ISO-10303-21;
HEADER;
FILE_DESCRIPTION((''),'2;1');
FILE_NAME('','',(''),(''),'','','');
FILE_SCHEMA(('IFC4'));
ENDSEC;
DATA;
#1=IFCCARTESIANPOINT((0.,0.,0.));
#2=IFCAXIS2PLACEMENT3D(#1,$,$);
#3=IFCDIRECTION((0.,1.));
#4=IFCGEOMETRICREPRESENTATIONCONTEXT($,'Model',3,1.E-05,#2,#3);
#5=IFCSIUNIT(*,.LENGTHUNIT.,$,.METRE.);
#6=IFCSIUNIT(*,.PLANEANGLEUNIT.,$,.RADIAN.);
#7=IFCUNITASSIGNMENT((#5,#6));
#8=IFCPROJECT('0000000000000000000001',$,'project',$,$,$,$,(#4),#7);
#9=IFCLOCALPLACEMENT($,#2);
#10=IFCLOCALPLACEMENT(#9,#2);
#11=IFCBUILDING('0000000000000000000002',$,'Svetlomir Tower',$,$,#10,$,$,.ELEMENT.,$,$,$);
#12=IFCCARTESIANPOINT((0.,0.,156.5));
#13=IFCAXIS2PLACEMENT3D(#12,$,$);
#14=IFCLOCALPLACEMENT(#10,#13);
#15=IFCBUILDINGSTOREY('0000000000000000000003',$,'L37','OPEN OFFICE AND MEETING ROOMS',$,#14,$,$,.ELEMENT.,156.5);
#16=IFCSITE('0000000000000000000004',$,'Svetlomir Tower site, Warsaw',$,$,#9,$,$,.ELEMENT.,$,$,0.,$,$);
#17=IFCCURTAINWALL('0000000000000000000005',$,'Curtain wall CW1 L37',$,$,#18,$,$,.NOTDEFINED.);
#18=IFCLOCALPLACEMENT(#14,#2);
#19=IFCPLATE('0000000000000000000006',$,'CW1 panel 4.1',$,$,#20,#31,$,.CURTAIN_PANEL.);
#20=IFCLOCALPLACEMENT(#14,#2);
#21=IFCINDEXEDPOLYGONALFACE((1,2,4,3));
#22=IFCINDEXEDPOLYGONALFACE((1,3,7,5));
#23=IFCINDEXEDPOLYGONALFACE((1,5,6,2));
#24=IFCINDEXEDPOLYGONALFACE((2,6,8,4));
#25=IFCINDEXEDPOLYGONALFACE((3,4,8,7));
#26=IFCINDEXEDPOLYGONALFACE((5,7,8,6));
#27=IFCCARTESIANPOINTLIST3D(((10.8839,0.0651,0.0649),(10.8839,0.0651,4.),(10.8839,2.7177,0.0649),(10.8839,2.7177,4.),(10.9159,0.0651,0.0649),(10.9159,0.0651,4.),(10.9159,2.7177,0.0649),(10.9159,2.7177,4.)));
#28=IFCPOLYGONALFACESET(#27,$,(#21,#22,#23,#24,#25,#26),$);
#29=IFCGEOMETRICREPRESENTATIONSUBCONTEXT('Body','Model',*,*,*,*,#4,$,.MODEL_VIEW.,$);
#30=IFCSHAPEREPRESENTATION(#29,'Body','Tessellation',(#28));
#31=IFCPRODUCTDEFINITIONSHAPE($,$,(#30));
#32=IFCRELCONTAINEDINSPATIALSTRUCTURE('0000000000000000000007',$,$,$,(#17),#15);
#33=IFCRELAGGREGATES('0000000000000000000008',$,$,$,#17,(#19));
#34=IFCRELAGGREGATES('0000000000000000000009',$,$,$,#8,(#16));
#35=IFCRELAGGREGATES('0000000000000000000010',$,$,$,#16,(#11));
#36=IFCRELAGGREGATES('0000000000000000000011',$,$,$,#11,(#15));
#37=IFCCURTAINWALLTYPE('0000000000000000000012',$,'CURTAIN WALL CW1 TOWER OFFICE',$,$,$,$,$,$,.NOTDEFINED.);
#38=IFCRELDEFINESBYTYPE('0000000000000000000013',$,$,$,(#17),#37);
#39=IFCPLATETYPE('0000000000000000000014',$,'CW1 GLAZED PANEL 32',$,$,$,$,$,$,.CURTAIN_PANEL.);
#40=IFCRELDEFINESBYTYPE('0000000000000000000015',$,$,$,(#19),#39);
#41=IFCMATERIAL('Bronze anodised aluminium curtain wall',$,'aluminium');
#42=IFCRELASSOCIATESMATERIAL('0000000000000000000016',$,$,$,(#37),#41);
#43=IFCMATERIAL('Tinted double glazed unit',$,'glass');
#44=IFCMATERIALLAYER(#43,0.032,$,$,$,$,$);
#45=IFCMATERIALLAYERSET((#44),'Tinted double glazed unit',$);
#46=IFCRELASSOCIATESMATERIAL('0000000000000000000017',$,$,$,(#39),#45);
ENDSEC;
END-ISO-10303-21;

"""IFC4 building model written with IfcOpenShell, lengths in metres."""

from ifc_helpers import new_model, si_unit, direction, frame, origin, origin_2d, place, context, subcontext, project, spatial, rectangle, extrude, material, layer, layer_set, type_object, element, aggregate, save


model = new_model("IFC4")

# Units and contexts
model_context = context("Model", 3, precision=1e-05, world=origin(), true_north=direction((0.0, 1.0)))
body_context = subcontext(model_context, "Body", "Model", "MODEL_VIEW")
ifc_project = project(units=[si_unit("LENGTHUNIT", "METRE"), si_unit("PLANEANGLEUNIT", "RADIAN")], contexts=[model_context])

# Site, building, storey
site_placement = place(None, origin())
site = spatial("IfcSite", under=ifc_project, at=site_placement, Name="Svetlomir Tower site, Warsaw", CompositionType="ELEMENT", RefElevation=0.0)
building_placement = place(site_placement, origin())
building = spatial("IfcBuilding", under=site, at=building_placement, Name="Svetlomir Tower", CompositionType="ELEMENT")
storey_placement = place(building_placement, frame((0.0, 0.0, 156.5)))
storey = spatial("IfcBuildingStorey", under=building, at=storey_placement, Name="L37", Description="OPEN OFFICE AND MEETING ROOMS", CompositionType="ELEMENT", Elevation=156.5)

# Shared definitions
ifc_material_1 = material(Name="Bronze anodised aluminium curtain wall", Category="aluminium")
curtain_wall_type = type_object("IfcCurtainWallType", Name="CURTAIN WALL CW1 TOWER OFFICE", PredefinedType="NOTDEFINED", material=ifc_material_1)

# Curtain wall
curtain_wall_1_placement = place(storey_placement, origin())
curtain_wall_1 = element("IfcCurtainWall", 1, at=curtain_wall_1_placement, inside=storey, type_object=curtain_wall_type, Name="Curtain wall CW1 L37", PredefinedType="NOTDEFINED")

# Plate
ifc_material_2 = material(Name="Tinted double glazed unit", Category="glass")
ifc_layer = layer(ifc_material_2, 0.032)
ifc_layer_set = layer_set([ifc_layer], Name="Tinted double glazed unit")
plate_type = type_object("IfcPlateType", Name="CW1 GLAZED PANEL 32", PredefinedType="CURTAIN_PANEL", material=ifc_layer_set)
plate_1_placement = place(storey_placement, frame((10.8999, 1.3914, 0.0649), z_axis=(0.0, 0.0, 1.0), x_axis=(0.0, -1.0, 0.0)))
plate_1 = element("IfcPlate", 2, at=plate_1_placement, type_object=plate_type, Name="CW1 panel 4.1", PredefinedType="CURTAIN_PANEL", context=body_context, shape_type="SweptSolid", body=[
    extrude(rectangle(XDim=2.6526, YDim=0.032, at=origin_2d()), origin(), (0.0, 0.0, 1.0), 3.9351),
])
aggregate(curtain_wall_1, [plate_1])

save(model, "model.ifc")
